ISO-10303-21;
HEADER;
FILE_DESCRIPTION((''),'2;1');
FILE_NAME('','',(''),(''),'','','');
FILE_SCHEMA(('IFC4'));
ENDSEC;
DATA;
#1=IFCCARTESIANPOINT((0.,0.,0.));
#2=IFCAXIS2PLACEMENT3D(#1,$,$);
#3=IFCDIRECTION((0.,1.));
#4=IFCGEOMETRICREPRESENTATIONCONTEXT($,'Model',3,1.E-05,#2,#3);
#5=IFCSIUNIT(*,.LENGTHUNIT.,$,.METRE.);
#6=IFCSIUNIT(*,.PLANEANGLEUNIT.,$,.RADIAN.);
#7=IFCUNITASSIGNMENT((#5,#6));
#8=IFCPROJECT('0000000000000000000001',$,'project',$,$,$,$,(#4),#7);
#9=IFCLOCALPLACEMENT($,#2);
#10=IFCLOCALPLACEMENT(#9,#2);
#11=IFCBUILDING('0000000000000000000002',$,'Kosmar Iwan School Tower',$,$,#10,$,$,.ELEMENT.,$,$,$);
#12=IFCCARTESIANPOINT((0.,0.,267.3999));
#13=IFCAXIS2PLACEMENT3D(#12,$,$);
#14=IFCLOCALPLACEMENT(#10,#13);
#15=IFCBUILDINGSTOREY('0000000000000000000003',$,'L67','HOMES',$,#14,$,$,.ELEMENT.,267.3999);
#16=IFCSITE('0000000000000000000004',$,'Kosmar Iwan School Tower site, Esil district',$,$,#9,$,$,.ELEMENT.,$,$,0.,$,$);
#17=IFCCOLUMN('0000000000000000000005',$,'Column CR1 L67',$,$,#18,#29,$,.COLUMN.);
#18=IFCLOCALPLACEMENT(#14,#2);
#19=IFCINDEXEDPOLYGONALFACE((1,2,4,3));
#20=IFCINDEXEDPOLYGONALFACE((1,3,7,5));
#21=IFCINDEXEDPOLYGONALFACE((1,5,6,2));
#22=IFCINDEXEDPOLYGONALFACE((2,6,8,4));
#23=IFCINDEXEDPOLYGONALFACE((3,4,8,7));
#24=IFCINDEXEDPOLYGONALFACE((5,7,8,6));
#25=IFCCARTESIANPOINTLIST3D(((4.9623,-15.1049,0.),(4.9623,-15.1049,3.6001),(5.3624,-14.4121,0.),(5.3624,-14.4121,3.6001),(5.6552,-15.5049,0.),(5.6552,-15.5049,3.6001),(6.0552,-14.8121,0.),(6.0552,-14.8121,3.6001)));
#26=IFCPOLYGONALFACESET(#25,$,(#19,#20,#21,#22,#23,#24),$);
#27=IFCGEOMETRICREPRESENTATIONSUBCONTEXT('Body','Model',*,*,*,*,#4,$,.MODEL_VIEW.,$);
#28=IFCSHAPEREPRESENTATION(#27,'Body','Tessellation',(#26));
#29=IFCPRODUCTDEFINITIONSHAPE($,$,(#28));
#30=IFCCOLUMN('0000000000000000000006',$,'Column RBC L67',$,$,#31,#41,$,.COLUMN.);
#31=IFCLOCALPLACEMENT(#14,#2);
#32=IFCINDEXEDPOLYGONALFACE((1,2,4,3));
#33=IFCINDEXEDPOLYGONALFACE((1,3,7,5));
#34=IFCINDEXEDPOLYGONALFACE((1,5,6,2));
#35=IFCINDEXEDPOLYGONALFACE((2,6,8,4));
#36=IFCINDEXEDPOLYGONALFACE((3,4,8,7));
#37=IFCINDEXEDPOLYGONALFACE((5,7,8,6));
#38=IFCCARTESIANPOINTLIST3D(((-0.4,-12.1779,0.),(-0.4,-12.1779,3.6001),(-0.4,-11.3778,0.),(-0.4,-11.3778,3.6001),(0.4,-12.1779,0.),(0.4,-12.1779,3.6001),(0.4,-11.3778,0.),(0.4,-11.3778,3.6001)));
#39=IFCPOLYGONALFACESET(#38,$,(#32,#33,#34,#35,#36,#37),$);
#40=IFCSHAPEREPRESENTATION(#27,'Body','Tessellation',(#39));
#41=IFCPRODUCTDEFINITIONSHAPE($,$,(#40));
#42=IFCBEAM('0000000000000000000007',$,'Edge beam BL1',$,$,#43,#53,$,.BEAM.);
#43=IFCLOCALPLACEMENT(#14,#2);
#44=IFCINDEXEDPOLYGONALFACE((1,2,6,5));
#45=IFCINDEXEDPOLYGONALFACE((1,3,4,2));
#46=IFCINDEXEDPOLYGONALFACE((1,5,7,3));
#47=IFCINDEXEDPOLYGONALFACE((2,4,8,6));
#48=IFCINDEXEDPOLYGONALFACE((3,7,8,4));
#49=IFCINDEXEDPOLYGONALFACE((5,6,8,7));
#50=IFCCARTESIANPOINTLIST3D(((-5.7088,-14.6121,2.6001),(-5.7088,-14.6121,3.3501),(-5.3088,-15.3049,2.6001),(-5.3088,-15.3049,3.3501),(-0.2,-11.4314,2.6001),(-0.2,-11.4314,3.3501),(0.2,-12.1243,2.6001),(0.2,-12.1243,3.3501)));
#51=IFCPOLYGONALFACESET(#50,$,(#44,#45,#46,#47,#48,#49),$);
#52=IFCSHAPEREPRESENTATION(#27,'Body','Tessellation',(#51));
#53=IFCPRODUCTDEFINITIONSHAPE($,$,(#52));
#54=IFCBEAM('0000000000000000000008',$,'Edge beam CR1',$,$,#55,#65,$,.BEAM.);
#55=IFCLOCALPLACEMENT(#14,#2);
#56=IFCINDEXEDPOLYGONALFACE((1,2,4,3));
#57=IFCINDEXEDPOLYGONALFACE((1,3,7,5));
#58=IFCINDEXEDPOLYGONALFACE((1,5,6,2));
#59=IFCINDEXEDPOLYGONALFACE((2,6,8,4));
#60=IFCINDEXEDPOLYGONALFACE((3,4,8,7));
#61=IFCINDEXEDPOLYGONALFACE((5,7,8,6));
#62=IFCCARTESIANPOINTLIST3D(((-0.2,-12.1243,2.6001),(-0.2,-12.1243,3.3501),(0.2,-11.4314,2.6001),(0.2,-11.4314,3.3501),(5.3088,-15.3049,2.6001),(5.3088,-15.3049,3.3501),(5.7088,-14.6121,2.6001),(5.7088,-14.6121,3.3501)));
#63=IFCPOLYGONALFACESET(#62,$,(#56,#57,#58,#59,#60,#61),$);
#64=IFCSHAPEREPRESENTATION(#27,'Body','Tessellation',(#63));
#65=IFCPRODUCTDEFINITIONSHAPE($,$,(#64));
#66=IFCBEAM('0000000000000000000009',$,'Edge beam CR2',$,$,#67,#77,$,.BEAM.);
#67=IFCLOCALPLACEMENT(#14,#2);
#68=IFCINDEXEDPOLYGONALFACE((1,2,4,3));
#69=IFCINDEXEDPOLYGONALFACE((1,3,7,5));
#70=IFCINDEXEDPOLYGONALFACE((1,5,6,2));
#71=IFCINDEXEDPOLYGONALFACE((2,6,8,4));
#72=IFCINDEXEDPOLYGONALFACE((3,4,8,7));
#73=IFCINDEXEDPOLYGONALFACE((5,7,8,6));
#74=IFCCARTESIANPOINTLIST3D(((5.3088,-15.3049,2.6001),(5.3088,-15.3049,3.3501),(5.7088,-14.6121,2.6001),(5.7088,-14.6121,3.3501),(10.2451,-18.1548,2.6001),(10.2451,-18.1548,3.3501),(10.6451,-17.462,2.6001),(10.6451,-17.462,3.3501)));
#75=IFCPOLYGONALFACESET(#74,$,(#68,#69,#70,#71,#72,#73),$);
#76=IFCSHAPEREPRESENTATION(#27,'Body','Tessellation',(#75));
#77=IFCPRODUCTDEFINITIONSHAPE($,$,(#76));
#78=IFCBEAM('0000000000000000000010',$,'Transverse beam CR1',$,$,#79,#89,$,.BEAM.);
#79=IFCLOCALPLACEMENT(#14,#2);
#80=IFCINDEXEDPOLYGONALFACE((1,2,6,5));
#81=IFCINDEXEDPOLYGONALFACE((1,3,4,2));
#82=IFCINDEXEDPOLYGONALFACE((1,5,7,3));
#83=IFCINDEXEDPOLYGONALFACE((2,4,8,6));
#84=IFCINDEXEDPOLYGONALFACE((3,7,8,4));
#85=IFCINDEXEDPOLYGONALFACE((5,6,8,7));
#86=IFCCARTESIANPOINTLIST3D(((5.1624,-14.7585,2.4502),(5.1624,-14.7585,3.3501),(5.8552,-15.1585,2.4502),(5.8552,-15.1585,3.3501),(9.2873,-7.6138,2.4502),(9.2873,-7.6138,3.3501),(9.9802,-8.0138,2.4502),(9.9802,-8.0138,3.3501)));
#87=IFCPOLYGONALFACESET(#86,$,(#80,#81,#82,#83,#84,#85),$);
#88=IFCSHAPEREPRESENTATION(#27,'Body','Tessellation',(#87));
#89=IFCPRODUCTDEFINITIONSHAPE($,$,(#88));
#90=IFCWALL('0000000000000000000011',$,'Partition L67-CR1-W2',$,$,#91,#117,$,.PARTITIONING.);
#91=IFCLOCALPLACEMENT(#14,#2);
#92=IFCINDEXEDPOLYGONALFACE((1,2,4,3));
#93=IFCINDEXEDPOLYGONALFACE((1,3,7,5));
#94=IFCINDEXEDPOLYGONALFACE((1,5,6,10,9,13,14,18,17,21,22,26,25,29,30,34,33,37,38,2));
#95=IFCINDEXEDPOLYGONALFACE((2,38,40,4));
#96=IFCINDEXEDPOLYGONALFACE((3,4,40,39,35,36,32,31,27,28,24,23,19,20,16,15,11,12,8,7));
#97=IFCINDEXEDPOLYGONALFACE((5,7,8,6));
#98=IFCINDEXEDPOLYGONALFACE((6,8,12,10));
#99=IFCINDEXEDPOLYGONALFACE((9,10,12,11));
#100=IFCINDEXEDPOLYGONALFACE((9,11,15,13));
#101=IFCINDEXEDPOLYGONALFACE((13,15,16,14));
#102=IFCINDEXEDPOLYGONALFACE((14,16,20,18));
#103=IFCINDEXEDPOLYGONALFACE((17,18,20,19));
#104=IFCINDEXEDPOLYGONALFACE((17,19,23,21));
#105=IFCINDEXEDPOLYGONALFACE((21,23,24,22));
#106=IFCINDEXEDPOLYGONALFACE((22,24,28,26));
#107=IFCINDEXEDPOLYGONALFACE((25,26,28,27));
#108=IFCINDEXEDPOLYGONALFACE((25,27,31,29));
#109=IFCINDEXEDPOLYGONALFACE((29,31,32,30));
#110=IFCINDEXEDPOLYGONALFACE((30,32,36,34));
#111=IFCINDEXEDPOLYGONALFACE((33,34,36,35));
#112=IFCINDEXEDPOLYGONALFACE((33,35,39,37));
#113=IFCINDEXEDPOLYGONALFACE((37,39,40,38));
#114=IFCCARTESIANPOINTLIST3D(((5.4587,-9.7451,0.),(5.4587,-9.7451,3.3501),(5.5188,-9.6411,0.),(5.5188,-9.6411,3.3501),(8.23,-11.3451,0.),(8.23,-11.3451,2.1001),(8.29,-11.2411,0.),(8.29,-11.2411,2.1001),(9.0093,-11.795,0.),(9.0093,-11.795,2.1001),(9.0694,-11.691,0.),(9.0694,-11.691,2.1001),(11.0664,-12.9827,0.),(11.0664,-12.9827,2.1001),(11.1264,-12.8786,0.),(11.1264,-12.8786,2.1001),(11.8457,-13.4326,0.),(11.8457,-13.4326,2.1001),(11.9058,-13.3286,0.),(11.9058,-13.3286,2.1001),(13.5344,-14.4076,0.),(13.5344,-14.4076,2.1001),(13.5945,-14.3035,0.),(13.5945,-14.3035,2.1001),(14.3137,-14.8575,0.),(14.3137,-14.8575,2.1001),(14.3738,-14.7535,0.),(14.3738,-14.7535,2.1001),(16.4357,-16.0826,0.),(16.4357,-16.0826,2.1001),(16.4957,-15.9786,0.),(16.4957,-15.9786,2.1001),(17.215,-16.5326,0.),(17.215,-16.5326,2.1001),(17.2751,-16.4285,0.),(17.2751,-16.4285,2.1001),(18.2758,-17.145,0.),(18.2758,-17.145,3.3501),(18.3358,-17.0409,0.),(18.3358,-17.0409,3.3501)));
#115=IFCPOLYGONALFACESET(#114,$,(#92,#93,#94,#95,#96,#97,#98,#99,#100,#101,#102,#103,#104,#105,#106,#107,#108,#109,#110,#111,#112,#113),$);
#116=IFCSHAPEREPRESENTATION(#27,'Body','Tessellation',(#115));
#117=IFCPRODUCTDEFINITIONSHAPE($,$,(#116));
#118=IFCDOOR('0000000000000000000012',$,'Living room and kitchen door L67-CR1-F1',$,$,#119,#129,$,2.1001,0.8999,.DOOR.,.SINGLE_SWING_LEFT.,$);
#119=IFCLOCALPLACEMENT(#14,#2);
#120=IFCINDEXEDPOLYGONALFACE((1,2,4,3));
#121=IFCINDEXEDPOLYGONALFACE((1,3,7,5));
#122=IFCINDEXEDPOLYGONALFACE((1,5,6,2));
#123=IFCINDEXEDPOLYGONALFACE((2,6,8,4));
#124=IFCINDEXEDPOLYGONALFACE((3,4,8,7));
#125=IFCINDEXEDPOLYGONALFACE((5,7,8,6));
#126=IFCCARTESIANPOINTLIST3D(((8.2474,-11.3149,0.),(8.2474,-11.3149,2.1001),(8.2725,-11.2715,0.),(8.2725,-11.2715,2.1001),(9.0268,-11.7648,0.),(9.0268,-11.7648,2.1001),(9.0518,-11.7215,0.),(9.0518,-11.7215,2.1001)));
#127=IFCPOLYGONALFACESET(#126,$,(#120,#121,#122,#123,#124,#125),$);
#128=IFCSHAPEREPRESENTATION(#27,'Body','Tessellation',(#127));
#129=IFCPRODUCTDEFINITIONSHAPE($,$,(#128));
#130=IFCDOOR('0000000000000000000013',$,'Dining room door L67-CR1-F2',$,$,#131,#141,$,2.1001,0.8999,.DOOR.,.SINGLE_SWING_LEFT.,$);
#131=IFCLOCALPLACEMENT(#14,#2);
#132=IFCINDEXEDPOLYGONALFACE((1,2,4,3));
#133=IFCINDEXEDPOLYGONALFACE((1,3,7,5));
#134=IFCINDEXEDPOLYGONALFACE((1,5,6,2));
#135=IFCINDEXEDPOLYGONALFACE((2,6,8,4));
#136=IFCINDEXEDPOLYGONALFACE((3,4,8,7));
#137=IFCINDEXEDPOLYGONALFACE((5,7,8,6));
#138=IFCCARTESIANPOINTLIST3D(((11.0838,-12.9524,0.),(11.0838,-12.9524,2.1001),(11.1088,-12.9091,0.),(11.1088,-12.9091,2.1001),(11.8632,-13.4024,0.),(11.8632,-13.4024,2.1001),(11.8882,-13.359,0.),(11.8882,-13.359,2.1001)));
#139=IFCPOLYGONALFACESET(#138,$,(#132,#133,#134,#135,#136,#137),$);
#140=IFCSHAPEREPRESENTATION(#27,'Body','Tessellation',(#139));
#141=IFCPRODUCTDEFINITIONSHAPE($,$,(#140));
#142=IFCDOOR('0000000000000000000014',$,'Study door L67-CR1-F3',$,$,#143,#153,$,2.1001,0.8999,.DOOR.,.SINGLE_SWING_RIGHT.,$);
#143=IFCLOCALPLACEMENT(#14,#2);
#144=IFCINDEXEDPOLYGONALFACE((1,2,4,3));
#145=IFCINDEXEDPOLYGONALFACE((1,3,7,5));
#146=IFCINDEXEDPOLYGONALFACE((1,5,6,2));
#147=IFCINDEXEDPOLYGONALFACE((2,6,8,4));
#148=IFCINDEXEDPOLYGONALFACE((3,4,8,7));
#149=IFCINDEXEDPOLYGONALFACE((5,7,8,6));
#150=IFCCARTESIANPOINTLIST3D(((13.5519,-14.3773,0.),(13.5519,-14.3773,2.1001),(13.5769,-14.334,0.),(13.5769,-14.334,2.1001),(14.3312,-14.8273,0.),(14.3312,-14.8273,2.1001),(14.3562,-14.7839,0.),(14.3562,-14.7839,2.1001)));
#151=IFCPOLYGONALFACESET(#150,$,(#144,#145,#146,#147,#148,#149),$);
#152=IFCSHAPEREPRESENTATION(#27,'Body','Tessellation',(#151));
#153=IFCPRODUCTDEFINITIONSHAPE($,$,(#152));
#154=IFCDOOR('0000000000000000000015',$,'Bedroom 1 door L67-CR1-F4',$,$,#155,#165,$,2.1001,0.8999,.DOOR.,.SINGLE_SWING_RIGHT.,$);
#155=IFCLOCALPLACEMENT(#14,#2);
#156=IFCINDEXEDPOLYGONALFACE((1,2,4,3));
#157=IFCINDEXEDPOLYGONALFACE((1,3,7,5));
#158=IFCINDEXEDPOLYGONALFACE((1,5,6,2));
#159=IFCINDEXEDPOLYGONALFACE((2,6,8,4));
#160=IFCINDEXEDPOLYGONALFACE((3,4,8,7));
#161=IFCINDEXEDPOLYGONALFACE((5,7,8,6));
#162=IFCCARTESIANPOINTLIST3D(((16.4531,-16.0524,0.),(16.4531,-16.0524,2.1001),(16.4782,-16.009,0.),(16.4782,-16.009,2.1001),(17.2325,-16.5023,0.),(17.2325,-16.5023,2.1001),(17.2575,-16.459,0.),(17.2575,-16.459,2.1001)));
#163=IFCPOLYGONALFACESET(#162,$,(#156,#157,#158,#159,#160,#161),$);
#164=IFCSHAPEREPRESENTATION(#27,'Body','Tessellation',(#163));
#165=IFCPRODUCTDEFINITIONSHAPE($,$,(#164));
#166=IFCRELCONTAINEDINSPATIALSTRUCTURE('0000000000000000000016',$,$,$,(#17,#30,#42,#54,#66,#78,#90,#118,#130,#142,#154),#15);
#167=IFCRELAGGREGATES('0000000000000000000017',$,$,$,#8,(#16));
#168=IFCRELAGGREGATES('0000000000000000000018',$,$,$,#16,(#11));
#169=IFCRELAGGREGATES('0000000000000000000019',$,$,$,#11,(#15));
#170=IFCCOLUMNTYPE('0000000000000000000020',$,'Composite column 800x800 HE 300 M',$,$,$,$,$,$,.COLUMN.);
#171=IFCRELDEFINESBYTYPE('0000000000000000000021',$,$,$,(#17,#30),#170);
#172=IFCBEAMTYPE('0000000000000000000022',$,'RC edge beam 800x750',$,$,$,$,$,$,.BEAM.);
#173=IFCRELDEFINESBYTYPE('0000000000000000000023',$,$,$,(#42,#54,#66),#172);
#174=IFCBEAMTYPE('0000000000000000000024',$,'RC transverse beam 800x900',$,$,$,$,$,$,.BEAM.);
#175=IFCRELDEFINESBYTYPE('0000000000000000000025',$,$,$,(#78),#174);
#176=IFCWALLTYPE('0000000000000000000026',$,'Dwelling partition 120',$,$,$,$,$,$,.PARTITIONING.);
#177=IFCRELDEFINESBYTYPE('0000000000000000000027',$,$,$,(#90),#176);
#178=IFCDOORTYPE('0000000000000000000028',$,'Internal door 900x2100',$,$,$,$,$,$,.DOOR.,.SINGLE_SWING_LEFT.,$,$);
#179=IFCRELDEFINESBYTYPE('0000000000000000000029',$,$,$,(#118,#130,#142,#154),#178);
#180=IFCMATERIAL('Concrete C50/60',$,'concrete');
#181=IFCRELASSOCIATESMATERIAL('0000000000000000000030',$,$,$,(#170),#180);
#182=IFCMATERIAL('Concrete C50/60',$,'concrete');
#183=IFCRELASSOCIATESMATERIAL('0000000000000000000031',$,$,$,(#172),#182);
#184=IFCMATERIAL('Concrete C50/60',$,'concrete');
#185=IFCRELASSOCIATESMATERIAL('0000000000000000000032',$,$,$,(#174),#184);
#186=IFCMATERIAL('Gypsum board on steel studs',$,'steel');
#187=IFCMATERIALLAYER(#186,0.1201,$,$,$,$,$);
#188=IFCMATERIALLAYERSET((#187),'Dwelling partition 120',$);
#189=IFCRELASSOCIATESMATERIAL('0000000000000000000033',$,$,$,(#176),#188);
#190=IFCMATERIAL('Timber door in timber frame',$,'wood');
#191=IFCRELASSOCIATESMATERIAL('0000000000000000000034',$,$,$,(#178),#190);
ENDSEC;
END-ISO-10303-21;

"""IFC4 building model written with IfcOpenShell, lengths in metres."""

from ifc_helpers import new_model, si_unit, direction, frame, frame_2d, origin, origin_2d, place, context, subcontext, project, spatial, rectangle, extrude, material, layer, layer_set, material_profile, profile_set, type_object, element, fill, save


model = new_model("IFC4")

# Units and contexts
model_context = context("Model", 3, precision=1e-05, world=origin(), true_north=direction((0.0, 1.0)))
body_context = subcontext(model_context, "Body", "Model", "MODEL_VIEW")
ifc_project = project(units=[si_unit("LENGTHUNIT", "METRE"), si_unit("PLANEANGLEUNIT", "RADIAN")], contexts=[model_context])

# Site, building, storey
site_placement = place(None, origin())
site = spatial("IfcSite", under=ifc_project, at=site_placement, Name="Kosmar Iwan School Tower site, Esil district", CompositionType="ELEMENT", RefElevation=0.0)
building_placement = place(site_placement, origin())
building = spatial("IfcBuilding", under=site, at=building_placement, Name="Kosmar Iwan School Tower", CompositionType="ELEMENT")
storey_placement = place(building_placement, frame((0.0, 0.0, 267.3999)))
storey = spatial("IfcBuildingStorey", under=building, at=storey_placement, Name="L67", Description="HOMES", CompositionType="ELEMENT", Elevation=267.3999)

# Columns
ifc_material_1 = material(Name="Concrete C50/60", Category="concrete")
ifc_material_profile_1 = material_profile(ifc_material_1, rectangle(XDim=0.8, YDim=0.8, at=origin_2d()), Name="RC 800x800 + HE 300 M")
ifc_profile_set_1 = profile_set([ifc_material_profile_1], Name="Concrete C50/60")
column_type = type_object("IfcColumnType", Name="Composite column 800x800 HE 300 M", PredefinedType="COLUMN", material=ifc_profile_set_1)
for number, where, z_axis, x_axis, name in (
    (1, (5.5088, -14.9585, 0.0), (0.0, 0.0, 1.0), (0.866025, -0.5, 0.0), "Column CR1 L67"),
    (2, (0.0, -11.7778, 0.0), (0.0, 0.0, 1.0), (1.0, 0.0, 0.0), "Column RBC L67"),
):
    element("IfcColumn", number, at=place(storey_placement, frame(where, z_axis=z_axis, x_axis=x_axis)), inside=storey, type_object=column_type, Name=name, PredefinedType="COLUMN", context=body_context, shape_type="SweptSolid", body=[
        extrude(rectangle(XDim=0.8, YDim=0.8, at=origin_2d()), origin(), (0.0, 0.0, 1.0), 3.6001),
    ])

# Beams
ifc_material_2 = material(Name="Concrete C50/60", Category="concrete")
ifc_material_profile_2 = material_profile(ifc_material_2, rectangle(XDim=0.8, YDim=0.75, at=origin_2d()), Name="RC 800x750")
ifc_profile_set_2 = profile_set([ifc_material_profile_2], Name="Concrete C50/60")
beam_type_1 = type_object("IfcBeamType", Name="RC edge beam 800x750", PredefinedType="BEAM", material=ifc_profile_set_2)
for number, where, z_axis, x_axis, name in (
    (3, (0.0, -11.7778, 2.9751), (-0.866014, -0.500019, 0.0), (0.500019, -0.866014, 0.0), "Edge beam BL1"),
    (4, (0.0, -11.7778, 2.9751), (0.866014, -0.500019, 0.0), (0.500019, 0.866014, 0.0), "Edge beam CR1"),
):
    element("IfcBeam", number, at=place(storey_placement, frame(where, z_axis=z_axis, x_axis=x_axis)), inside=storey, type_object=beam_type_1, Name=name, PredefinedType="BEAM", context=body_context, shape_type="SweptSolid", body=[
        extrude(rectangle(XDim=0.8, YDim=0.75, at=origin_2d()), origin(), (0.0, 0.0, 1.0), 6.3611),
    ])
beam_1_placement = place(storey_placement, frame((5.5088, -14.9585, 2.9751), z_axis=(0.866034, -0.499986, 0.0), x_axis=(0.499986, 0.866034, 0.0)))
element("IfcBeam", 5, at=beam_1_placement, inside=storey, type_object=beam_type_1, Name="Edge beam CR2", PredefinedType="BEAM", context=body_context, shape_type="SweptSolid", body=[
    extrude(rectangle(XDim=0.8, YDim=0.75, at=origin_2d()), origin(), (0.0, 0.0, 1.0), 5.7),
])
ifc_material_3 = material(Name="Concrete C50/60", Category="concrete")
ifc_material_profile_3 = material_profile(ifc_material_3, rectangle(XDim=0.8, YDim=0.8999, at=origin_2d()), Name="RC 800x900")
ifc_profile_set_3 = profile_set([ifc_material_profile_3], Name="Concrete C50/60")
beam_type_2 = type_object("IfcBeamType", Name="RC transverse beam 800x900", PredefinedType="BEAM", material=ifc_profile_set_3)
beam_2_placement = place(storey_placement, frame((5.5088, -14.9585, 2.9001), z_axis=(0.499997, 0.866027, 0.0), x_axis=(-0.866027, 0.499997, 0.0)))
element("IfcBeam", 6, at=beam_2_placement, inside=storey, type_object=beam_type_2, Name="Transverse beam CR1", PredefinedType="BEAM", context=body_context, shape_type="SweptSolid", body=[
    extrude(rectangle(XDim=0.8, YDim=0.8999, at=origin_2d()), origin(), (0.0, 0.0, 1.0), 8.25),
])

# Wall, openings, doors
ifc_material_4 = material(Name="Gypsum board on steel studs", Category="steel")
ifc_layer_1 = layer(ifc_material_4, 0.1201)
ifc_layer_set_1 = layer_set([ifc_layer_1], Name="Dwelling partition 120")
wall_type_1 = type_object("IfcWallType", Name="Dwelling partition 120", PredefinedType="PARTITIONING", material=ifc_layer_set_1)
wall_1_placement = place(storey_placement, frame((5.4888, -9.6931, 0.0), z_axis=(0.0, 0.0, 1.0), x_axis=(0.866028, -0.499996, 0.0)))
wall_1 = element("IfcWall", 7, at=wall_1_placement, inside=storey, type_object=wall_type_1, Name="Partition L67-CR1-W2", PredefinedType="PARTITIONING", context=body_context, shape_type="SweptSolid", body=[
    extrude(rectangle(XDim=14.7998, YDim=0.1201, at=frame_2d((7.3999, 0.0))), origin(), (0.0, 0.0, 1.0), 3.3501),
])
opening_1_placement = place(wall_1_placement, frame((3.2, 0.0, 0.0)))
opening_1 = element("IfcOpeningElement", 8, at=opening_1_placement, cuts=wall_1, PredefinedType="OPENING", context=body_context, shape_type="SweptSolid", body=[
    extrude(rectangle(XDim=0.8999, YDim=2.1001, at=frame_2d((0.45, 1.05))), frame((0.0, 0.072, 0.0), z_axis=(0.0, -1.0, 0.0), x_axis=(1.0, 0.0, 0.0)), (0.0, 0.0, 1.0), 0.144),
])
opening_2_placement = place(wall_1_placement, frame((6.4751, 0.0, 0.0)))
opening_2 = element("IfcOpeningElement", 9, at=opening_2_placement, cuts=wall_1, PredefinedType="OPENING", context=body_context, shape_type="SweptSolid", body=[
    extrude(rectangle(XDim=0.8999, YDim=2.1001, at=frame_2d((0.45, 1.05))), frame((0.0, 0.072, 0.0), z_axis=(0.0, -1.0, 0.0), x_axis=(1.0, 0.0, 0.0)), (0.0, 0.0, 1.0), 0.144),
])
opening_3_placement = place(wall_1_placement, frame((9.325, 0.0, 0.0)))
opening_3 = element("IfcOpeningElement", 10, at=opening_3_placement, cuts=wall_1, PredefinedType="OPENING", context=body_context, shape_type="SweptSolid", body=[
    extrude(rectangle(XDim=0.8999, YDim=2.1001, at=frame_2d((0.45, 1.05))), frame((0.0, 0.072, 0.0), z_axis=(0.0, -1.0, 0.0), x_axis=(1.0, 0.0, 0.0)), (0.0, 0.0, 1.0), 0.144),
])
opening_4_placement = place(wall_1_placement, frame((12.675, 0.0, 0.0)))
opening_4 = element("IfcOpeningElement", 11, at=opening_4_placement, cuts=wall_1, PredefinedType="OPENING", context=body_context, shape_type="SweptSolid", body=[
    extrude(rectangle(XDim=0.8999, YDim=2.1001, at=frame_2d((0.45, 1.05))), frame((0.0, 0.072, 0.0), z_axis=(0.0, -1.0, 0.0), x_axis=(1.0, 0.0, 0.0)), (0.0, 0.0, 1.0), 0.144),
])
ifc_material_5 = material(Name="Timber door in timber frame", Category="wood")
door_type = type_object("IfcDoorType", Name="Internal door 900x2100", OperationType="SINGLE_SWING_LEFT", PredefinedType="DOOR", material=ifc_material_5)
door_1_placement = place(opening_1_placement, origin())
door_1 = element("IfcDoor", 12, at=door_1_placement, inside=storey, type_object=door_type, Name="Living room and kitchen door L67-CR1-F1", OperationType="SINGLE_SWING_LEFT", OverallHeight=2.1001, OverallWidth=0.8999, PredefinedType="DOOR", context=body_context, shape_type="SweptSolid", body=[
    extrude(rectangle(XDim=0.8999, YDim=2.1001, at=frame_2d((0.45, 1.05))), frame((0.0, 0.0249, 0.0), z_axis=(0.0, -1.0, 0.0), x_axis=(1.0, 0.0, 0.0)), (0.0, 0.0, 1.0), 0.05),
])
fill(opening_1, door_1)
door_2_placement = place(opening_2_placement, origin())
door_2 = element("IfcDoor", 13, at=door_2_placement, inside=storey, type_object=door_type, Name="Dining room door L67-CR1-F2", OperationType="SINGLE_SWING_LEFT", OverallHeight=2.1001, OverallWidth=0.8999, PredefinedType="DOOR", context=body_context, shape_type="SweptSolid", body=[
    extrude(rectangle(XDim=0.8999, YDim=2.1001, at=frame_2d((0.45, 1.05))), frame((0.0, 0.0249, 0.0), z_axis=(0.0, -1.0, 0.0), x_axis=(1.0, 0.0, 0.0)), (0.0, 0.0, 1.0), 0.05),
])
fill(opening_2, door_2)
door_3_placement = place(opening_3_placement, origin())
door_3 = element("IfcDoor", 14, at=door_3_placement, inside=storey, type_object=door_type, Name="Study door L67-CR1-F3", OperationType="SINGLE_SWING_RIGHT", OverallHeight=2.1001, OverallWidth=0.8999, PredefinedType="DOOR", context=body_context, shape_type="SweptSolid", body=[
    extrude(rectangle(XDim=0.8999, YDim=2.1001, at=frame_2d((0.45, 1.05))), frame((0.0, 0.0249, 0.0), z_axis=(0.0, -1.0, 0.0), x_axis=(1.0, 0.0, 0.0)), (0.0, 0.0, 1.0), 0.05),
])
fill(opening_3, door_3)
door_4_placement = place(opening_4_placement, origin())
door_4 = element("IfcDoor", 15, at=door_4_placement, inside=storey, type_object=door_type, Name="Bedroom 1 door L67-CR1-F4", OperationType="SINGLE_SWING_RIGHT", OverallHeight=2.1001, OverallWidth=0.8999, PredefinedType="DOOR", context=body_context, shape_type="SweptSolid", body=[
    extrude(rectangle(XDim=0.8999, YDim=2.1001, at=frame_2d((0.45, 1.05))), frame((0.0, 0.0249, 0.0), z_axis=(0.0, -1.0, 0.0), x_axis=(1.0, 0.0, 0.0)), (0.0, 0.0, 1.0), 0.05),
])
fill(opening_4, door_4)

save(model, "model.ifc")
